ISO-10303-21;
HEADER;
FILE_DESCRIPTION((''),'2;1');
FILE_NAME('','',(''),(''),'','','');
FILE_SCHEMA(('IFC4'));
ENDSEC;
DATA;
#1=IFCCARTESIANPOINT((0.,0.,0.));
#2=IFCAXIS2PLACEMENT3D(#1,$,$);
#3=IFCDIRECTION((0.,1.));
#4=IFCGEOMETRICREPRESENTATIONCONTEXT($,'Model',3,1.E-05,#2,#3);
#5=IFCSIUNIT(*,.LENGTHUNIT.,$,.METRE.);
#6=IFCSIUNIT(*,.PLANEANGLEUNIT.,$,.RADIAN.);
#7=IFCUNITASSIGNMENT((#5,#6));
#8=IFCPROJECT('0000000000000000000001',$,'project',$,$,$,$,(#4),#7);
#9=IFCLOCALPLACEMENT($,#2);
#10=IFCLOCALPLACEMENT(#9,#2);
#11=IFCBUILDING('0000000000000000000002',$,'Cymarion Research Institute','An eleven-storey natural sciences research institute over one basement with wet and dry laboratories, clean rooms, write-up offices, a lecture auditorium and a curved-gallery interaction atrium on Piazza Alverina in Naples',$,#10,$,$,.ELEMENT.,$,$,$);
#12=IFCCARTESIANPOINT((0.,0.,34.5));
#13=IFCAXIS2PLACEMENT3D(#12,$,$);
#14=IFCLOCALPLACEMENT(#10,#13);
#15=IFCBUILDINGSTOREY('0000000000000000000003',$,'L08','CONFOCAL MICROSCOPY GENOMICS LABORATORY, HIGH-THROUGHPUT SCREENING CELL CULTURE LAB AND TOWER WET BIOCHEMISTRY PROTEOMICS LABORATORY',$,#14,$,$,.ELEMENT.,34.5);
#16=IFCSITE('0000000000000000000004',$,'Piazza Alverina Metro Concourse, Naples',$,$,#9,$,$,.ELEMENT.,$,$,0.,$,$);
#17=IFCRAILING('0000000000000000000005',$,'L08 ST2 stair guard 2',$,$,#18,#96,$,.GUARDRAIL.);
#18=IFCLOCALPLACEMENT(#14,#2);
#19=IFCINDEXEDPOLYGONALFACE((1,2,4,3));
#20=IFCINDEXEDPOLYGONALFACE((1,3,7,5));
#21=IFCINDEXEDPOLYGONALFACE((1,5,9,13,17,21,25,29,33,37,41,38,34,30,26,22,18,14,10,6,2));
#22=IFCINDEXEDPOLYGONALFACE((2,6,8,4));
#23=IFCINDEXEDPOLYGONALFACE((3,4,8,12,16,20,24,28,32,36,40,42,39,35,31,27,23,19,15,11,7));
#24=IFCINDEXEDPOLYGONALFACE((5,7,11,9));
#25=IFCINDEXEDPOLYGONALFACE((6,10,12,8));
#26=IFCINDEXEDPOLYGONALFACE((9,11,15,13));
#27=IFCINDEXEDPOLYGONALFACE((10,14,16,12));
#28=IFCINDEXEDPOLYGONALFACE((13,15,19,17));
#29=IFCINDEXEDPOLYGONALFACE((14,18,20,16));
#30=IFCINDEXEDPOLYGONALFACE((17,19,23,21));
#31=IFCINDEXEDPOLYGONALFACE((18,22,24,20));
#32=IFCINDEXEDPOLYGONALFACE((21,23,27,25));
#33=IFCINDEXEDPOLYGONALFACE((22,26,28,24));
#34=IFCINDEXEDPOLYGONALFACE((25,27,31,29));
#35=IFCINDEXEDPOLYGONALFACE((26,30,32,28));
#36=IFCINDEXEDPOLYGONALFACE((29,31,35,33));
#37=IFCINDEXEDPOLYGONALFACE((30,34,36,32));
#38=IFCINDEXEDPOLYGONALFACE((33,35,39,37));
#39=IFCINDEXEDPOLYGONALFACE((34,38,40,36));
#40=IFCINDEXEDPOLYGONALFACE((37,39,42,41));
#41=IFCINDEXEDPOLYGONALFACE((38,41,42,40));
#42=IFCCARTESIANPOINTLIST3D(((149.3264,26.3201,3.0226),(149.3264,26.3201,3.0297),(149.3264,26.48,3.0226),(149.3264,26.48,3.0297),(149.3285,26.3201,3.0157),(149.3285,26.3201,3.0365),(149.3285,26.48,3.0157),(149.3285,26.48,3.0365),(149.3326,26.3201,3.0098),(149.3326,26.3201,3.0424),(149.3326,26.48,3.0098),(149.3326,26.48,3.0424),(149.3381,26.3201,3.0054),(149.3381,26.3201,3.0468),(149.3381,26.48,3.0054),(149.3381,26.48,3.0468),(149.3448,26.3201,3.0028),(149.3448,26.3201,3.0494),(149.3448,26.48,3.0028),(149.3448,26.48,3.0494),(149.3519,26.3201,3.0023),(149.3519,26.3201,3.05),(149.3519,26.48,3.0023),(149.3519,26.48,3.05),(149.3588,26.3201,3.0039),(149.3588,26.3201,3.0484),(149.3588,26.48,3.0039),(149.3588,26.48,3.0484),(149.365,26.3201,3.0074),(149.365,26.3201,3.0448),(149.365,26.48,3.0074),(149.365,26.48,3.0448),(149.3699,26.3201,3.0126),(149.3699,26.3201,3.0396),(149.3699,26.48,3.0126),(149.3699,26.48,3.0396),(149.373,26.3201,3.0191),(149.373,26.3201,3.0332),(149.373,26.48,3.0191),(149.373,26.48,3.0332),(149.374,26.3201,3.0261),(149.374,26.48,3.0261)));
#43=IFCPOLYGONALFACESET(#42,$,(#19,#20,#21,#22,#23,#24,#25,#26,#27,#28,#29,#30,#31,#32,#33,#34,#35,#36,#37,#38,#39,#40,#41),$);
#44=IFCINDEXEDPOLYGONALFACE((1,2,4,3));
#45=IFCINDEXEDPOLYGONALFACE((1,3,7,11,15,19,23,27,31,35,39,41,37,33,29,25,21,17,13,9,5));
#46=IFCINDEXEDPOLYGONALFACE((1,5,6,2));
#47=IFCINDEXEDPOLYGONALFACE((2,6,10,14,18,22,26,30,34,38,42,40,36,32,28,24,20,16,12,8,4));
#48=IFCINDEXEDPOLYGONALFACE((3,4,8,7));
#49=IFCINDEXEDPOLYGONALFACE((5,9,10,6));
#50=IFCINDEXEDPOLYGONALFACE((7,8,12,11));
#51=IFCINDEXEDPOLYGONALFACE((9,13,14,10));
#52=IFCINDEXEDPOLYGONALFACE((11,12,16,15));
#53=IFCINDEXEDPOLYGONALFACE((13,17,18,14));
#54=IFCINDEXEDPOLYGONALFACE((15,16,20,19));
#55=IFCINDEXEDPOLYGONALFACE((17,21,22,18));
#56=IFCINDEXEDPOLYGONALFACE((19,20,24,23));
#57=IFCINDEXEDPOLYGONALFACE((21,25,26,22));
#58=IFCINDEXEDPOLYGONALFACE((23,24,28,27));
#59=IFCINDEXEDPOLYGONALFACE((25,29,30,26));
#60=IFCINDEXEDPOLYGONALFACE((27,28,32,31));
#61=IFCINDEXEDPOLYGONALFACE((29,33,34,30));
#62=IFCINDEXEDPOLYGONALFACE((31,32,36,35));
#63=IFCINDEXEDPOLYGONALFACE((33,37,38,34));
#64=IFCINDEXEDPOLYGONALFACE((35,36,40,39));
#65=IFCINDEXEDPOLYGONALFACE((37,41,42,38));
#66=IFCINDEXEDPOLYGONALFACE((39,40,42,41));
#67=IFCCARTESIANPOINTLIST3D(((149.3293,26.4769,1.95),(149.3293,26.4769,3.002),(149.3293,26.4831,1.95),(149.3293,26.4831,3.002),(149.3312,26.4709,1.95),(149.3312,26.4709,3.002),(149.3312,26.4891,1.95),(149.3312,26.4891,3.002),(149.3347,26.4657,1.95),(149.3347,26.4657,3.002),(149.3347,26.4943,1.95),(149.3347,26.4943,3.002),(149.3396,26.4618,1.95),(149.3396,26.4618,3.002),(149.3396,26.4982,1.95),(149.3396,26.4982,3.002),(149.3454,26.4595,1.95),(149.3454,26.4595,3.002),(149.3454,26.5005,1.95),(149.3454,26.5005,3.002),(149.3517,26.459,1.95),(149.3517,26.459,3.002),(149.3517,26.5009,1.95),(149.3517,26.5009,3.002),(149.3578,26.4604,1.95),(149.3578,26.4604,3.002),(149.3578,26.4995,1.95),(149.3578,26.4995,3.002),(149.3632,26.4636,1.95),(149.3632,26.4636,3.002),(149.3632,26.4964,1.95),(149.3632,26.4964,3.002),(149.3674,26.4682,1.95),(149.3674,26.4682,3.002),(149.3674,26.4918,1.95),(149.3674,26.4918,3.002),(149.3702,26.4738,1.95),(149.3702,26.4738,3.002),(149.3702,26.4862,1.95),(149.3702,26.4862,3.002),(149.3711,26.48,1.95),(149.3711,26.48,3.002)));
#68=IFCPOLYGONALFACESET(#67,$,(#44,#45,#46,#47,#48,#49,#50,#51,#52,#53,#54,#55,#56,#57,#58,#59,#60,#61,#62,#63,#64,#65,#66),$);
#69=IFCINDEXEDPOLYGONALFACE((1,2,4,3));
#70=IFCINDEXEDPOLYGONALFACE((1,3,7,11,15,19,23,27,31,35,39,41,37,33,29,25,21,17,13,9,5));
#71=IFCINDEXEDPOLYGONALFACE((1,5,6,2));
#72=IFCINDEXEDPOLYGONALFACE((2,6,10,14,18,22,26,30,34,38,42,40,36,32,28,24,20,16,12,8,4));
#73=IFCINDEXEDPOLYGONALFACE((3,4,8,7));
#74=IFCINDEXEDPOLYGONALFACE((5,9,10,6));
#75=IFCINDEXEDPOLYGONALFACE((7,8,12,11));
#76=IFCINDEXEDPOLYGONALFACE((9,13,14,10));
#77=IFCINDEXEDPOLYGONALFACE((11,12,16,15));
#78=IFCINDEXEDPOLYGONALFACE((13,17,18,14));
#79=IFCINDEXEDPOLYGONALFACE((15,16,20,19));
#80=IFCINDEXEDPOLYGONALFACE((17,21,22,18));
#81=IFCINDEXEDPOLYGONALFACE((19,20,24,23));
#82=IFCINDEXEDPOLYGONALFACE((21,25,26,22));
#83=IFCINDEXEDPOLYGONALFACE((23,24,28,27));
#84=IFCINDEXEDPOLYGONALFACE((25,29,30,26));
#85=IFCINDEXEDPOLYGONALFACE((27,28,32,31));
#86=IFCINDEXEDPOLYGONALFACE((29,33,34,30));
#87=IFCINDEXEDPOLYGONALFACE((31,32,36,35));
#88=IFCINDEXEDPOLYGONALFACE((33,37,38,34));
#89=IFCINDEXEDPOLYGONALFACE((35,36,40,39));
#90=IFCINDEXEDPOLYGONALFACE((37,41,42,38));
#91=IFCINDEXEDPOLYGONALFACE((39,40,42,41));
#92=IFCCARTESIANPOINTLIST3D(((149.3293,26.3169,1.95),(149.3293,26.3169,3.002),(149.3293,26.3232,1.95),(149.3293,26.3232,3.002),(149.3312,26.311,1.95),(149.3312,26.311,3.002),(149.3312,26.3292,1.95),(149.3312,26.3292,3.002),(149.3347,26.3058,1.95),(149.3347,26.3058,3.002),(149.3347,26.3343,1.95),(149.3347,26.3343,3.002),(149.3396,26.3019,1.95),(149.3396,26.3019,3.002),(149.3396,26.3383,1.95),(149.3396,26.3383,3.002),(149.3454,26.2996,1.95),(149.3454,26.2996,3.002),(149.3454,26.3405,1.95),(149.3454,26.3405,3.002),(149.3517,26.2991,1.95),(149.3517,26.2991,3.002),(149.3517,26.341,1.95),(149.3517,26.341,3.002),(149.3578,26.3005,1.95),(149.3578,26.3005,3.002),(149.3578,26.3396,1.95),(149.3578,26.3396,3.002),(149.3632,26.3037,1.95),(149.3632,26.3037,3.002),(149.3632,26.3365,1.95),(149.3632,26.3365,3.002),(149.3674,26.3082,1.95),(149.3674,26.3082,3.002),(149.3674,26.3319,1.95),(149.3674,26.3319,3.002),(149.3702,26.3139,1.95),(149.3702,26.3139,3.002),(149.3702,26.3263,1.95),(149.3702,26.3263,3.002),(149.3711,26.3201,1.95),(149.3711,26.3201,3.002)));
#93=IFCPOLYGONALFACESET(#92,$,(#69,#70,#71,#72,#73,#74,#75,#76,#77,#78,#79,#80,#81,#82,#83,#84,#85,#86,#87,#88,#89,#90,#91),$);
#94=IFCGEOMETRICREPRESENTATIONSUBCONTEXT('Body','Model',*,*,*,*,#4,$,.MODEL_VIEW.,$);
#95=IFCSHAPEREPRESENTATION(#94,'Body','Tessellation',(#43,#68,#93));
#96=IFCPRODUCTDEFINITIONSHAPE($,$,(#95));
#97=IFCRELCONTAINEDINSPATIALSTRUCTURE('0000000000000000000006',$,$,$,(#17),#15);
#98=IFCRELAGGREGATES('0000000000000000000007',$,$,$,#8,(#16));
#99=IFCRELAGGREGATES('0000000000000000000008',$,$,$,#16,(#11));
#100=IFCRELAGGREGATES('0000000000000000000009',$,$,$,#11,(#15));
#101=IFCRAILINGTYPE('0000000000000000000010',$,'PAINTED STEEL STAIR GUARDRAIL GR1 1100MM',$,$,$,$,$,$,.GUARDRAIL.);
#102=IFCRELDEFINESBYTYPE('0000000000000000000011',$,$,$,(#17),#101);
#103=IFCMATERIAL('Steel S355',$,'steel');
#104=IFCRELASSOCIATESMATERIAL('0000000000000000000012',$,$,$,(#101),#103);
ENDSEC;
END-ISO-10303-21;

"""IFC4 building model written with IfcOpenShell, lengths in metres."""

from ifc_helpers import new_model, si_unit, direction, frame, origin, origin_2d, place, context, subcontext, project, spatial, circle, extrude, material, type_object, element, save


model = new_model("IFC4")

# Units and contexts
model_context = context("Model", 3, precision=1e-05, world=origin(), true_north=direction((0.0, 1.0)))
body_context = subcontext(model_context, "Body", "Model", "MODEL_VIEW")
ifc_project = project(units=[si_unit("LENGTHUNIT", "METRE"), si_unit("PLANEANGLEUNIT", "RADIAN")], contexts=[model_context])

# Site, building, storey
site_placement = place(None, origin())
site = spatial("IfcSite", under=ifc_project, at=site_placement, Name="Piazza Alverina Metro Concourse, Naples", CompositionType="ELEMENT", RefElevation=0.0)
building_placement = place(site_placement, origin())
building = spatial("IfcBuilding", under=site, at=building_placement, Name="Cymarion Research Institute", Description="An eleven-storey natural sciences research institute over one basement with wet and dry laboratories, clean rooms, write-up offices, a lecture auditorium and a curved-gallery interaction atrium on Piazza Alverina in Naples", CompositionType="ELEMENT")
storey_placement = place(building_placement, frame((0.0, 0.0, 34.5)))
storey = spatial("IfcBuildingStorey", under=building, at=storey_placement, Name="L08", Description="CONFOCAL MICROSCOPY GENOMICS LABORATORY, HIGH-THROUGHPUT SCREENING CELL CULTURE LAB AND TOWER WET BIOCHEMISTRY PROTEOMICS LABORATORY", CompositionType="ELEMENT", Elevation=34.5)

# Railing
ifc_material_1 = material(Name="Steel S355", Category="steel")
railing_type_1 = type_object("IfcRailingType", Name="PAINTED STEEL STAIR GUARDRAIL GR1 1100MM", PredefinedType="GUARDRAIL", material=ifc_material_1)
railing_1_placement = place(storey_placement, frame((149.3501, 26.48, 1.95)))
element("IfcRailing", 1, at=railing_1_placement, inside=storey, type_object=railing_type_1, Name="L08 ST2 stair guard 2", PredefinedType="GUARDRAIL", context=body_context, shape_type="SweptSolid", body=[
    extrude(circle(Radius=0.0239, at=origin_2d()), frame((0.0, 0.0, 1.0762), z_axis=(0.0, -1.0, 0.0), x_axis=(1.0, 0.0, 0.0)), (0.0, 0.0, 1.0), 0.1599),
    extrude(circle(Radius=0.021, at=origin_2d()), origin(), (0.0, 0.0, 1.0), 1.052),
    extrude(circle(Radius=0.021, at=origin_2d()), frame((0.0, -0.1599, 0.0)), (0.0, 0.0, 1.0), 1.052),
])

save(model, "model.ifc")
